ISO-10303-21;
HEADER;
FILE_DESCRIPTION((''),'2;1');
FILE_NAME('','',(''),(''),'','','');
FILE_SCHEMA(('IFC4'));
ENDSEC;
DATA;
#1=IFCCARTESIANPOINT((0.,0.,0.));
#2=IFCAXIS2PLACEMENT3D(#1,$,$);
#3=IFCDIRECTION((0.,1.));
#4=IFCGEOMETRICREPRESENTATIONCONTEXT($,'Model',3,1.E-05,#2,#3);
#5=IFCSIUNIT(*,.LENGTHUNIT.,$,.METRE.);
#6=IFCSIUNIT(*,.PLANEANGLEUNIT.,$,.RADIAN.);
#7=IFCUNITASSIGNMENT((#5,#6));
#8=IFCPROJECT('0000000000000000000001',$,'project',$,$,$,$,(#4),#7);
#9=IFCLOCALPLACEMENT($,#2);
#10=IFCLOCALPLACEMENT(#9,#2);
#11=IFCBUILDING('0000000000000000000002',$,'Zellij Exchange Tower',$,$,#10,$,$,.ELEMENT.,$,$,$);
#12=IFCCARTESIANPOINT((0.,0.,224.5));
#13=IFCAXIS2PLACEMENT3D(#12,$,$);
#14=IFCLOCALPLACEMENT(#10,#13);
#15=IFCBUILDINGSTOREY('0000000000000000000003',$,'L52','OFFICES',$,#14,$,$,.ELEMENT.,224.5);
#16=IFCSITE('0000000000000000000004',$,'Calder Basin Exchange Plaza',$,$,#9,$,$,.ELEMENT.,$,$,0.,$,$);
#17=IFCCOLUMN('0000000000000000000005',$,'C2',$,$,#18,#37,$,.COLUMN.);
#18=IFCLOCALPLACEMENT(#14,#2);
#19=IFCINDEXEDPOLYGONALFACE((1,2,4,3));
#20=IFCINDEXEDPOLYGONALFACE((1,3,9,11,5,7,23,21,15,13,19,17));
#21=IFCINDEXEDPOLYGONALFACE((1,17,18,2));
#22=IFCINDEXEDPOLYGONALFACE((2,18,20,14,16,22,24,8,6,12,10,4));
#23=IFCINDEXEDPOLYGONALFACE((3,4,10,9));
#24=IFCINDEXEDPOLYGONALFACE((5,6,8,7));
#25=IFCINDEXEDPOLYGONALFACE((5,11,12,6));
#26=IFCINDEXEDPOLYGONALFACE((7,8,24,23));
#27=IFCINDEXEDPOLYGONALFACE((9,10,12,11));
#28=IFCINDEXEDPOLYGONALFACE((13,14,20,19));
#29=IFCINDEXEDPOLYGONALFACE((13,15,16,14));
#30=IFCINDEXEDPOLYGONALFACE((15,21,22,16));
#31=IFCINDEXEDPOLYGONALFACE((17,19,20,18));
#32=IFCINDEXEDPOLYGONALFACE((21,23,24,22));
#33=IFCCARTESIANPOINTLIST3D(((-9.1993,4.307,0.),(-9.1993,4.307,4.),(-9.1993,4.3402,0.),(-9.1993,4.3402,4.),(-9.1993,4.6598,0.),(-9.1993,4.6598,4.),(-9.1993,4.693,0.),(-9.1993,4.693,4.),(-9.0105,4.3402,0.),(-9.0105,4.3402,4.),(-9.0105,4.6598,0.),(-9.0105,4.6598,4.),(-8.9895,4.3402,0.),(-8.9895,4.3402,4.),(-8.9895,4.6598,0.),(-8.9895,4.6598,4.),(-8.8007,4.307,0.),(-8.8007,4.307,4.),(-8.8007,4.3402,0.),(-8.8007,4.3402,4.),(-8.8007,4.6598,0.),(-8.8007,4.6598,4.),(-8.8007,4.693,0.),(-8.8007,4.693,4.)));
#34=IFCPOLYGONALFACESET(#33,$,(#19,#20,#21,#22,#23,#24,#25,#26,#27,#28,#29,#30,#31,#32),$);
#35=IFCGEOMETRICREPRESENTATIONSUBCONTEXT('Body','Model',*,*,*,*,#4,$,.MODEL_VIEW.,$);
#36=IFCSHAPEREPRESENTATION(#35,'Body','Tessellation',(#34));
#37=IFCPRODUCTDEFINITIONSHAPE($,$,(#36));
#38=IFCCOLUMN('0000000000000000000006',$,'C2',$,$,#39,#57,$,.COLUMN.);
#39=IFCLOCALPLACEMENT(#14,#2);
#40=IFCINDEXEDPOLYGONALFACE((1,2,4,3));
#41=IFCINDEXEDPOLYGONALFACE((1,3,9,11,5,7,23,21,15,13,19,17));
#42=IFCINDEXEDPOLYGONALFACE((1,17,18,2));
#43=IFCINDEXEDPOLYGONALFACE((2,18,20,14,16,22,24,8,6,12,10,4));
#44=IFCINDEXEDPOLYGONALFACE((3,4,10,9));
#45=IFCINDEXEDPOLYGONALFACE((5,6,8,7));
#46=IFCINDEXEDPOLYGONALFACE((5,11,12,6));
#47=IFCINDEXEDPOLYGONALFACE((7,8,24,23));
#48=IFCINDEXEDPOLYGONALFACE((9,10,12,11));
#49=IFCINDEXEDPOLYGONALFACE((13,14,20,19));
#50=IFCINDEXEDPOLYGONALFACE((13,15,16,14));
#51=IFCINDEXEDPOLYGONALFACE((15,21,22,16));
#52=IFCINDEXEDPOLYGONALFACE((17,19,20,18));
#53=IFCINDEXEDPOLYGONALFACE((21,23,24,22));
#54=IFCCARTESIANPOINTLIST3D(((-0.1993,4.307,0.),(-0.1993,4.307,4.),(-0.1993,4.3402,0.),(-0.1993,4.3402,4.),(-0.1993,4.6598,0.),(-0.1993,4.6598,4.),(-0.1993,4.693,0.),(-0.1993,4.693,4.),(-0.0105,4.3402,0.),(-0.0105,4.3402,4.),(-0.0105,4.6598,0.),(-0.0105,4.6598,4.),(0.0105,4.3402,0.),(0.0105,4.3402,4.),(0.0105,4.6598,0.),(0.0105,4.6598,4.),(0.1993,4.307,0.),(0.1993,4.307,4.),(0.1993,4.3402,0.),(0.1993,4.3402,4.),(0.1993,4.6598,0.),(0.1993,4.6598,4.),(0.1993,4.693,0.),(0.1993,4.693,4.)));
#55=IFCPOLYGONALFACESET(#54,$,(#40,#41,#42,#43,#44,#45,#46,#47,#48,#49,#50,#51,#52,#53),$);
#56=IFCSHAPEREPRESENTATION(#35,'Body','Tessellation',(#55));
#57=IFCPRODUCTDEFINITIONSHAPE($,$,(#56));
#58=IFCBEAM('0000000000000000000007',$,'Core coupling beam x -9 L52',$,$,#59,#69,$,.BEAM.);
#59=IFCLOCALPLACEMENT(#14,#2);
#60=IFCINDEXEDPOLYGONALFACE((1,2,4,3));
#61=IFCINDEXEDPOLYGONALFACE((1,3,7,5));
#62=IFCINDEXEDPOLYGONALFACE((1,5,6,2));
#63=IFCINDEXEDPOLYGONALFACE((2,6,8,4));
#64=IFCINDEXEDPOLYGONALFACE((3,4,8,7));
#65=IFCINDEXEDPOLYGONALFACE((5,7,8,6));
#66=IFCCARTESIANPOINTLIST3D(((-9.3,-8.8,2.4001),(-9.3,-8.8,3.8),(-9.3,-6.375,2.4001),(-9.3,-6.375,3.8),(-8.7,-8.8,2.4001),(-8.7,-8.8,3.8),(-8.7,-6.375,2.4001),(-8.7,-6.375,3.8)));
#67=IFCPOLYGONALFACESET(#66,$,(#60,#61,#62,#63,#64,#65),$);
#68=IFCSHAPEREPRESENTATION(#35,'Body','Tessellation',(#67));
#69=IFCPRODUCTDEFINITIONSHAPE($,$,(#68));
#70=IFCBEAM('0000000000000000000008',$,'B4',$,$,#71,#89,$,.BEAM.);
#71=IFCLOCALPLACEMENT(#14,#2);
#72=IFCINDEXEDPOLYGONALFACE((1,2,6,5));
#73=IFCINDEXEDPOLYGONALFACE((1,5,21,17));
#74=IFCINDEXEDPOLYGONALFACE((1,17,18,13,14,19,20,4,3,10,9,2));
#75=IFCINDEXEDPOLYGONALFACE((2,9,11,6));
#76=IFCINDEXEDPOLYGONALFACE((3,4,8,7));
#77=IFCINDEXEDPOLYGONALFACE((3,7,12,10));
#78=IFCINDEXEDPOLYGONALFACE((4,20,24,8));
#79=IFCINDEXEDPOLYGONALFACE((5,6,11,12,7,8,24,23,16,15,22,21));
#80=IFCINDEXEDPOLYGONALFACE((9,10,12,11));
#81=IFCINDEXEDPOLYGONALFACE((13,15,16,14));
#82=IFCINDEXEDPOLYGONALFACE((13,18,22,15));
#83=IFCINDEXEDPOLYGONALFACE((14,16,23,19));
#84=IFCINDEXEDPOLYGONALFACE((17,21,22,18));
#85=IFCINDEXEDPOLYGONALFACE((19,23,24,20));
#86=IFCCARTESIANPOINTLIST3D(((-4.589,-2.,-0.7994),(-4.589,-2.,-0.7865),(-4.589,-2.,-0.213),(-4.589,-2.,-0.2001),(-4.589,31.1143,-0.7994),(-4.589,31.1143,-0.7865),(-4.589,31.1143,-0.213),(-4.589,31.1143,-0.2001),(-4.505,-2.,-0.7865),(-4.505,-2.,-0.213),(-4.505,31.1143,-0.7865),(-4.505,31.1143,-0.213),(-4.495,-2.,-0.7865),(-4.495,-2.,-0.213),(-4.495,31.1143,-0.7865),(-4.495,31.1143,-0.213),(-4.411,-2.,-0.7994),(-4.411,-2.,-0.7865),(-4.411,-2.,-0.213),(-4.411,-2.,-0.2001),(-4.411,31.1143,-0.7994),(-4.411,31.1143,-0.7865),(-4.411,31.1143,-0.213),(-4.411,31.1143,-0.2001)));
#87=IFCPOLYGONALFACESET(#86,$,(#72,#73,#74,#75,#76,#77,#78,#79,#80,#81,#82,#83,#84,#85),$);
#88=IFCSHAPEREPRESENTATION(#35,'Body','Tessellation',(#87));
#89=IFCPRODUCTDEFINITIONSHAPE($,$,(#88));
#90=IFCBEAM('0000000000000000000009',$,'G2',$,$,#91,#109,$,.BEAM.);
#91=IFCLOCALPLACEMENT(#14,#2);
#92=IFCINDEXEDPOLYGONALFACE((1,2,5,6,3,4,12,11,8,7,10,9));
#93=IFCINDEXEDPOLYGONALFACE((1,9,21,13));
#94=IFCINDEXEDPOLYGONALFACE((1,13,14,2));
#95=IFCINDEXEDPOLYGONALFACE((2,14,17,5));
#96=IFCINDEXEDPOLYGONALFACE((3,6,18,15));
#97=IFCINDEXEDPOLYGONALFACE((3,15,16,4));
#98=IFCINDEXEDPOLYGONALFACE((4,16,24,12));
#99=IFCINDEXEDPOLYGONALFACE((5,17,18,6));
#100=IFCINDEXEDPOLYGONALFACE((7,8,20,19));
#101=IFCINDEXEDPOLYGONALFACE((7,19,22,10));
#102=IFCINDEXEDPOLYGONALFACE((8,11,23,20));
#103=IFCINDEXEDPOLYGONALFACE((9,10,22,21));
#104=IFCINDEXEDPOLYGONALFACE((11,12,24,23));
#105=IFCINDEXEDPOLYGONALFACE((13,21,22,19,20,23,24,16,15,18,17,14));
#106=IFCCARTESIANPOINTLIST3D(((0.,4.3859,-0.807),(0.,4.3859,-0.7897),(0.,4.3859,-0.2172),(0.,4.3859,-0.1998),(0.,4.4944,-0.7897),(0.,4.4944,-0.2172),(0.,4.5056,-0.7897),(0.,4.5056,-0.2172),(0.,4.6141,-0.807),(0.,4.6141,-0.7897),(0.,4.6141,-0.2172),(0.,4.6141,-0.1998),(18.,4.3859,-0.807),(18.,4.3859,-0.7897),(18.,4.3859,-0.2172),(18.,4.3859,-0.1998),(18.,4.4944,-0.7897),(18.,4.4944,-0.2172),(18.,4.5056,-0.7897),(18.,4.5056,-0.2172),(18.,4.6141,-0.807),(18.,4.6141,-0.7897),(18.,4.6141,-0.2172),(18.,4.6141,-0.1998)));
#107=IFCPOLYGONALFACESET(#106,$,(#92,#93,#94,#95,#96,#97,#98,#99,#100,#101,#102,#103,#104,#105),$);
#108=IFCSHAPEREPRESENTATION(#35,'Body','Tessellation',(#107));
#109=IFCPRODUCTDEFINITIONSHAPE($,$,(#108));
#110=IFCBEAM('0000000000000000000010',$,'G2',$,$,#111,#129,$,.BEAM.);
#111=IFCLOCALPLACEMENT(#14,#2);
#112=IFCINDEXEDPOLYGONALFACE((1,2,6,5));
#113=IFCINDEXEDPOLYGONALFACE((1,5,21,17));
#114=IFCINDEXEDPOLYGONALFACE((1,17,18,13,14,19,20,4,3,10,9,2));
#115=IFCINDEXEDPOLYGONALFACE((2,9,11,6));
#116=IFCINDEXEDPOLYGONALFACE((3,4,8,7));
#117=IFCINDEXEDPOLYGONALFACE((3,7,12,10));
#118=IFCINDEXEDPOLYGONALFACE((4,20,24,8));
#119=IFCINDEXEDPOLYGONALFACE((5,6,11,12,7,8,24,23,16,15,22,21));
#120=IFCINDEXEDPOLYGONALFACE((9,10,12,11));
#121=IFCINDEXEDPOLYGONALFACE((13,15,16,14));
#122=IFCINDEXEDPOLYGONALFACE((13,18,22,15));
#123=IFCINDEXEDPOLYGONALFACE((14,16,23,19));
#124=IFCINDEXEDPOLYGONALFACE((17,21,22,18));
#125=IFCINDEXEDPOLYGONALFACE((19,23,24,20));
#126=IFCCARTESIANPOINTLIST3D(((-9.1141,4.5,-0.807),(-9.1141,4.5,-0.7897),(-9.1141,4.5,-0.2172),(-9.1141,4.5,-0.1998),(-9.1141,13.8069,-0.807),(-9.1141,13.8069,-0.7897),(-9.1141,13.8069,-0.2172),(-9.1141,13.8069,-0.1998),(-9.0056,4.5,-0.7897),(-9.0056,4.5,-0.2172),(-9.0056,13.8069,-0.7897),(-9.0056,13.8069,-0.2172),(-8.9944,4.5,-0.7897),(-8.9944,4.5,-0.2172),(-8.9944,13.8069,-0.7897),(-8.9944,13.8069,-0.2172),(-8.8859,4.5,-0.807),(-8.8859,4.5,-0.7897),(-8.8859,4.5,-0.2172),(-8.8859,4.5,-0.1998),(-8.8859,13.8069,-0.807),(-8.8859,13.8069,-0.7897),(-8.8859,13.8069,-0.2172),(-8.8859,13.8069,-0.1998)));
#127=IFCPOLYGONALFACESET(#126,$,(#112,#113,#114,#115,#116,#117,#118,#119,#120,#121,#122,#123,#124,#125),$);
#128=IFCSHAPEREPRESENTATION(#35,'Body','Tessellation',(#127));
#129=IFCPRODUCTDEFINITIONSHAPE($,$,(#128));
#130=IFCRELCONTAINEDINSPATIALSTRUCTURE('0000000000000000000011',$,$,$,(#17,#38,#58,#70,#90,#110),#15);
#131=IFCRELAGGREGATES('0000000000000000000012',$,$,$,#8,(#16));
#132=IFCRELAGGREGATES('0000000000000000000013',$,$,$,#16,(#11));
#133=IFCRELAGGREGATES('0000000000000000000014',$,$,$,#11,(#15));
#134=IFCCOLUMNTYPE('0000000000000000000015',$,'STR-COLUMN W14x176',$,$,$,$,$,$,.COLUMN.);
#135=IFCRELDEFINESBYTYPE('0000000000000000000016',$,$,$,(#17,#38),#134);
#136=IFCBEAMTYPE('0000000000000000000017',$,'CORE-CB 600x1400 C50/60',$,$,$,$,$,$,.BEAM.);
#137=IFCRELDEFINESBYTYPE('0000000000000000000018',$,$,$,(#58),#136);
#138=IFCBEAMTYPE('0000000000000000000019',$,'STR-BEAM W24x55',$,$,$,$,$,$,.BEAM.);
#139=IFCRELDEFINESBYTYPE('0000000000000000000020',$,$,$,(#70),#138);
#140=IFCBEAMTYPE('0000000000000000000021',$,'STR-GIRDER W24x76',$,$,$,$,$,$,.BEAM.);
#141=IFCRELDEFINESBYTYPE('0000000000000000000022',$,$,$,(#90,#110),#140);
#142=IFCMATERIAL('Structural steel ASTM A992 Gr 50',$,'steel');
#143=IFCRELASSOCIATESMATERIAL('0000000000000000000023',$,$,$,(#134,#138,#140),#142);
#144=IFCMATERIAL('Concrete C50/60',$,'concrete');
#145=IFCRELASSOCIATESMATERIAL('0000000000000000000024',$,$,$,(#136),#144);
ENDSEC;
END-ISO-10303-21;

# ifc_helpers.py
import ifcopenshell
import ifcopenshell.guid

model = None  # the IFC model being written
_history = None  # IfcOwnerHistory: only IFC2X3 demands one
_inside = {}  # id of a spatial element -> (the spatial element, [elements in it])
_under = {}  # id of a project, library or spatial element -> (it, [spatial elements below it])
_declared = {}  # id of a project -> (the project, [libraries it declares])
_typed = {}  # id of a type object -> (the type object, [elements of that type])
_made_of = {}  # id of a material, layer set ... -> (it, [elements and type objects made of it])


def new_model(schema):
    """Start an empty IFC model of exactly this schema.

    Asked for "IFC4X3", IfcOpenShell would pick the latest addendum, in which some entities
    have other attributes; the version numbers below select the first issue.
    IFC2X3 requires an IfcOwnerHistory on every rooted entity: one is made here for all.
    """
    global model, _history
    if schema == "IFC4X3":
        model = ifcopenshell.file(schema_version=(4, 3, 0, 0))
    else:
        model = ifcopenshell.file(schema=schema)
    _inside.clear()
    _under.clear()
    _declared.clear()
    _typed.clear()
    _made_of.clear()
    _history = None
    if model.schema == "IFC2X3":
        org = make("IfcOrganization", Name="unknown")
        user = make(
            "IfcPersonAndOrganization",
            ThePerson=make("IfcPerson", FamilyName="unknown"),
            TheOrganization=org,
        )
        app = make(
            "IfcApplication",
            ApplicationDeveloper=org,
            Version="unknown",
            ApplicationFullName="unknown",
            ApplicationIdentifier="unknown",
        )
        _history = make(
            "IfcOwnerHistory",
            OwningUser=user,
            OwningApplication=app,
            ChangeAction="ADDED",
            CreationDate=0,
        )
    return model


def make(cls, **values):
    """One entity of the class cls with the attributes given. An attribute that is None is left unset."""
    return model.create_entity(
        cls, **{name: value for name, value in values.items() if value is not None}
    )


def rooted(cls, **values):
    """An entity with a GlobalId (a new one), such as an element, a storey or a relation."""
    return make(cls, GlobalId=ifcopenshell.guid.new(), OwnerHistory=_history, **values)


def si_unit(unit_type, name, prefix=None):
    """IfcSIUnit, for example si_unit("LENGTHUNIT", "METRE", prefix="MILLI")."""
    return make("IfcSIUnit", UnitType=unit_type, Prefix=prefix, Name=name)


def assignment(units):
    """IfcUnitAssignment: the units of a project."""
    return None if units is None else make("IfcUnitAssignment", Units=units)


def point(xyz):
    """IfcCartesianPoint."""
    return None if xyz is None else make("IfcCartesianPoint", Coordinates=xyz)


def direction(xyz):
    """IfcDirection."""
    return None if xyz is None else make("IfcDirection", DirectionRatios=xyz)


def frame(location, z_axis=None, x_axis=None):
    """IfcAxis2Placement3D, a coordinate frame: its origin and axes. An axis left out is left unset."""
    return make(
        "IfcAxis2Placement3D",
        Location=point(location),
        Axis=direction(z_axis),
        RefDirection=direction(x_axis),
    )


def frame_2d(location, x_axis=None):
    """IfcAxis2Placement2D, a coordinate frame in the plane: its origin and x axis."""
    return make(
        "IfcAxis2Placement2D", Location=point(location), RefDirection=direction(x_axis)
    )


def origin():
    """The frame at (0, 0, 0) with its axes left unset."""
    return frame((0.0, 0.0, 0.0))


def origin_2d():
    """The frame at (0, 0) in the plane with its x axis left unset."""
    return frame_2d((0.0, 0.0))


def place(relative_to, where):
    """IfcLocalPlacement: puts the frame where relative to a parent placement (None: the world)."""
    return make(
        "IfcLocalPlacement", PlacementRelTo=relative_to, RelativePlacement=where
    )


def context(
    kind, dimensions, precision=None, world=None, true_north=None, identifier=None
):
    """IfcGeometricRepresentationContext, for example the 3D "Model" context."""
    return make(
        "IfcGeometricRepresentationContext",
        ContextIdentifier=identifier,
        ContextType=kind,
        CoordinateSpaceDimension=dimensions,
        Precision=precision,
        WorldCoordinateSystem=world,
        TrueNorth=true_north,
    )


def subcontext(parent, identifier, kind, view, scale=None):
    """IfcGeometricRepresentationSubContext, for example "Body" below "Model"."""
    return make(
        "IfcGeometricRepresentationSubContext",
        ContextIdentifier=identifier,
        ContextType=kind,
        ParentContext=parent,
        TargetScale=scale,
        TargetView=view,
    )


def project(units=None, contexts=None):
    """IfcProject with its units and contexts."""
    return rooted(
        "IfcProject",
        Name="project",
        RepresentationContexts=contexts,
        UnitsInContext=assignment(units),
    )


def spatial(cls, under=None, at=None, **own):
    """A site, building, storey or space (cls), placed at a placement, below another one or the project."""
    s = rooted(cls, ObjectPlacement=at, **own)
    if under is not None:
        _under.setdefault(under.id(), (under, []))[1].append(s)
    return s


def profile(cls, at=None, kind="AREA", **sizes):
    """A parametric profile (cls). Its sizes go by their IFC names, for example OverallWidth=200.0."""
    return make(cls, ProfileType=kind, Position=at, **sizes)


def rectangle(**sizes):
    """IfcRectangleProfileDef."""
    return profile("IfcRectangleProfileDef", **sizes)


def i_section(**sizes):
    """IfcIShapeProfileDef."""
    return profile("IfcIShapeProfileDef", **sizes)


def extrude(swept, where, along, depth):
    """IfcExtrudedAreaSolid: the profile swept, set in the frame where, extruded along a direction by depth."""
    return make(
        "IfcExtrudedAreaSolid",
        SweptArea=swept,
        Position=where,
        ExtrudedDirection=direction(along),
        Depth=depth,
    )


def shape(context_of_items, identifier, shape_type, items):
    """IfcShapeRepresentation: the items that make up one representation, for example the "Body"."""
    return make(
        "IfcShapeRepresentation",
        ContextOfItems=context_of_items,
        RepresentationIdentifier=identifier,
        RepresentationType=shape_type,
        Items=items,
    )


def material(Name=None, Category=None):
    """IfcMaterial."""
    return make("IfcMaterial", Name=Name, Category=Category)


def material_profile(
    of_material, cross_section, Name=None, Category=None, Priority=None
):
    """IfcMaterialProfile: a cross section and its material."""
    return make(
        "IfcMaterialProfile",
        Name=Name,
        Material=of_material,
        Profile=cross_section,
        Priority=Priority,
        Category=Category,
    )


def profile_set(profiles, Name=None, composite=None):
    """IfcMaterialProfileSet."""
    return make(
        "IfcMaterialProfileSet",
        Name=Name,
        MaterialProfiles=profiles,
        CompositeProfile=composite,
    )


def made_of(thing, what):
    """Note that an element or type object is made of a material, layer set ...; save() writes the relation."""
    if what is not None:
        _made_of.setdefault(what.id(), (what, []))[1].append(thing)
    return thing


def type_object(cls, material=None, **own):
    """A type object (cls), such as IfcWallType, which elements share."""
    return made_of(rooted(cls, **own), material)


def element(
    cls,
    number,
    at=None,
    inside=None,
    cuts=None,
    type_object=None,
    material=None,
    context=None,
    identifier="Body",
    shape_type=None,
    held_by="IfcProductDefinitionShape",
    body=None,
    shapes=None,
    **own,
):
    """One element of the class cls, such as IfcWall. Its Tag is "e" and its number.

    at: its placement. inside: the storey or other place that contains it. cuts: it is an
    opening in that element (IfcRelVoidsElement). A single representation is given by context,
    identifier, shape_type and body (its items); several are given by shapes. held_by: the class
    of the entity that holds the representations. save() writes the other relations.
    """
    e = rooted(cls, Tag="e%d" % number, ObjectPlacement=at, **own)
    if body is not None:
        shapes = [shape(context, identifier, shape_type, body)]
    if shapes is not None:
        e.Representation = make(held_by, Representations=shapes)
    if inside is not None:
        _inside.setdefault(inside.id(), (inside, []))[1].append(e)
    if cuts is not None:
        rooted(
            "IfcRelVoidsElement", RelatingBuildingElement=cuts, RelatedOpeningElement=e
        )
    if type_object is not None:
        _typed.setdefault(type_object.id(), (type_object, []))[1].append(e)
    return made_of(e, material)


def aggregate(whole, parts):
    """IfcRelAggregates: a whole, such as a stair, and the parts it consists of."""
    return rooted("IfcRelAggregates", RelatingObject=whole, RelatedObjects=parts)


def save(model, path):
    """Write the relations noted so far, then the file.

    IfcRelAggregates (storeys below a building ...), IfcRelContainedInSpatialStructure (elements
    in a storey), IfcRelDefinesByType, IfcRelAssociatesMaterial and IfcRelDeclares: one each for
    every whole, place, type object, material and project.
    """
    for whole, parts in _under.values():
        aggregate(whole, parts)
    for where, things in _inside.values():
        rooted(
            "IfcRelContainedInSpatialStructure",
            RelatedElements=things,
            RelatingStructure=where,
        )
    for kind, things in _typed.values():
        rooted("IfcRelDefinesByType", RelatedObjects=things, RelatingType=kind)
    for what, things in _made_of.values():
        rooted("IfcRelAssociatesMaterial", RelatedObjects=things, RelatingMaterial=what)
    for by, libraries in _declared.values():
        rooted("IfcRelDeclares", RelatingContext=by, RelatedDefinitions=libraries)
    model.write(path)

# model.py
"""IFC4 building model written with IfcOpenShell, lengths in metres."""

from ifc_helpers import new_model, si_unit, direction, frame, origin, origin_2d, place, context, subcontext, project, spatial, rectangle, i_section, extrude, material, material_profile, profile_set, type_object, element, save


model = new_model("IFC4")

# Units and contexts
model_context = context("Model", 3, precision=1e-05, world=origin(), true_north=direction((0.0, 1.0)))
body_context = subcontext(model_context, "Body", "Model", "MODEL_VIEW")
ifc_project = project(units=[si_unit("LENGTHUNIT", "METRE"), si_unit("PLANEANGLEUNIT", "RADIAN")], contexts=[model_context])

# Site, building, storey
site_placement = place(None, origin())
site = spatial("IfcSite", under=ifc_project, at=site_placement, Name="Calder Basin Exchange Plaza", CompositionType="ELEMENT", RefElevation=0.0)
building_placement = place(site_placement, origin())
building = spatial("IfcBuilding", under=site, at=building_placement, Name="Zellij Exchange Tower", CompositionType="ELEMENT")
storey_placement = place(building_placement, frame((0.0, 0.0, 224.5)))
storey = spatial("IfcBuildingStorey", under=building, at=storey_placement, Name="L52", Description="OFFICES", CompositionType="ELEMENT", Elevation=224.5)

# Columns
ifc_material_1 = material(Name="Structural steel ASTM A992 Gr 50", Category="steel")
ifc_material_profile_1 = material_profile(ifc_material_1, i_section(OverallWidth=0.3987, OverallDepth=0.386, WebThickness=0.021, FlangeThickness=0.0332, at=origin_2d()), Name="W14x176")
ifc_profile_set_1 = profile_set([ifc_material_profile_1], Name="Structural steel ASTM A992 Gr 50")
column_type = type_object("IfcColumnType", Name="STR-COLUMN W14x176", PredefinedType="COLUMN", material=ifc_profile_set_1)
for number, where, z_axis, x_axis, name in (
    (1, (-9.0, 4.5, 0.0), (0.0, 0.0, 1.0), (1.0, 0.0, 0.0), "C2"),
    (2, (0.0, 4.5, 0.0), (0.0, 0.0, 1.0), (1.0, 0.0, 0.0), "C2"),
):
    element("IfcColumn", number, at=place(storey_placement, frame(where, z_axis=z_axis, x_axis=x_axis)), inside=storey, type_object=column_type, Name=name, PredefinedType="COLUMN", context=body_context, shape_type="SweptSolid", body=[
        extrude(i_section(OverallWidth=0.3987, OverallDepth=0.386, WebThickness=0.021, FlangeThickness=0.0332, at=origin_2d()), origin(), (0.0, 0.0, 1.0), 4.0),
    ])

# Beams
ifc_material_2 = material(Name="Concrete C50/60", Category="concrete")
ifc_material_profile_2 = material_profile(ifc_material_2, rectangle(XDim=0.6001, YDim=1.3999, at=origin_2d()), Name="CORE-CB 600x1400 C50/60")
ifc_profile_set_2 = profile_set([ifc_material_profile_2], Name="Concrete C50/60")
beam_type_1 = type_object("IfcBeamType", Name="CORE-CB 600x1400 C50/60", PredefinedType="BEAM", material=ifc_profile_set_2)
beam_1_placement = place(storey_placement, frame((-9.0, -8.8, 3.1001), z_axis=(0.0, 1.0, 0.0), x_axis=(-1.0, 0.0, 0.0)))
element("IfcBeam", 3, at=beam_1_placement, inside=storey, type_object=beam_type_1, Name="Core coupling beam x -9 L52", PredefinedType="BEAM", context=body_context, shape_type="SweptSolid", body=[
    extrude(rectangle(XDim=0.6001, YDim=1.3999, at=origin_2d()), origin(), (0.0, 0.0, 1.0), 2.425),
])
ifc_material_profile_3 = material_profile(ifc_material_1, i_section(OverallWidth=0.178, OverallDepth=0.5994, WebThickness=0.01, FlangeThickness=0.0129, at=origin_2d()), Name="W24x55")
ifc_profile_set_3 = profile_set([ifc_material_profile_3], Name="Structural steel ASTM A992 Gr 50")
beam_type_2 = type_object("IfcBeamType", Name="STR-BEAM W24x55", PredefinedType="BEAM", material=ifc_profile_set_3)
beam_2_placement = place(storey_placement, frame((-4.5, -2.0, -0.4998), z_axis=(0.0, 1.0, 0.0), x_axis=(-1.0, 0.0, 0.0)))
element("IfcBeam", 4, at=beam_2_placement, inside=storey, type_object=beam_type_2, Name="B4", PredefinedType="BEAM", context=body_context, shape_type="SweptSolid", body=[
    extrude(i_section(OverallWidth=0.178, OverallDepth=0.5994, WebThickness=0.01, FlangeThickness=0.0129, at=origin_2d()), origin(), (0.0, 0.0, 1.0), 33.1143),
])
ifc_material_profile_4 = material_profile(ifc_material_1, i_section(OverallWidth=0.2283, OverallDepth=0.6072, WebThickness=0.0112, FlangeThickness=0.0173, at=origin_2d()), Name="W24x76")
ifc_profile_set_4 = profile_set([ifc_material_profile_4], Name="Structural steel ASTM A992 Gr 50")
beam_type_3 = type_object("IfcBeamType", Name="STR-GIRDER W24x76", PredefinedType="BEAM", material=ifc_profile_set_4)
beam_3_placement = place(storey_placement, frame((0.0, 4.5, -0.5034), z_axis=(1.0, 0.0, 0.0), x_axis=(0.0, 1.0, 0.0)))
element("IfcBeam", 5, at=beam_3_placement, inside=storey, type_object=beam_type_3, Name="G2", PredefinedType="BEAM", context=body_context, shape_type="SweptSolid", body=[
    extrude(i_section(OverallWidth=0.2283, OverallDepth=0.6072, WebThickness=0.0112, FlangeThickness=0.0173, at=origin_2d()), origin(), (0.0, 0.0, 1.0), 18.0),
])
beam_4_placement = place(storey_placement, frame((-9.0, 4.5, -0.5034), z_axis=(0.0, 1.0, 0.0), x_axis=(-1.0, 0.0, 0.0)))
element("IfcBeam", 6, at=beam_4_placement, inside=storey, type_object=beam_type_3, Name="G2", PredefinedType="BEAM", context=body_context, shape_type="SweptSolid", body=[
    extrude(i_section(OverallWidth=0.2283, OverallDepth=0.6072, WebThickness=0.0112, FlangeThickness=0.0173, at=origin_2d()), origin(), (0.0, 0.0, 1.0), 9.3069),
])

save(model, "model.ifc")
